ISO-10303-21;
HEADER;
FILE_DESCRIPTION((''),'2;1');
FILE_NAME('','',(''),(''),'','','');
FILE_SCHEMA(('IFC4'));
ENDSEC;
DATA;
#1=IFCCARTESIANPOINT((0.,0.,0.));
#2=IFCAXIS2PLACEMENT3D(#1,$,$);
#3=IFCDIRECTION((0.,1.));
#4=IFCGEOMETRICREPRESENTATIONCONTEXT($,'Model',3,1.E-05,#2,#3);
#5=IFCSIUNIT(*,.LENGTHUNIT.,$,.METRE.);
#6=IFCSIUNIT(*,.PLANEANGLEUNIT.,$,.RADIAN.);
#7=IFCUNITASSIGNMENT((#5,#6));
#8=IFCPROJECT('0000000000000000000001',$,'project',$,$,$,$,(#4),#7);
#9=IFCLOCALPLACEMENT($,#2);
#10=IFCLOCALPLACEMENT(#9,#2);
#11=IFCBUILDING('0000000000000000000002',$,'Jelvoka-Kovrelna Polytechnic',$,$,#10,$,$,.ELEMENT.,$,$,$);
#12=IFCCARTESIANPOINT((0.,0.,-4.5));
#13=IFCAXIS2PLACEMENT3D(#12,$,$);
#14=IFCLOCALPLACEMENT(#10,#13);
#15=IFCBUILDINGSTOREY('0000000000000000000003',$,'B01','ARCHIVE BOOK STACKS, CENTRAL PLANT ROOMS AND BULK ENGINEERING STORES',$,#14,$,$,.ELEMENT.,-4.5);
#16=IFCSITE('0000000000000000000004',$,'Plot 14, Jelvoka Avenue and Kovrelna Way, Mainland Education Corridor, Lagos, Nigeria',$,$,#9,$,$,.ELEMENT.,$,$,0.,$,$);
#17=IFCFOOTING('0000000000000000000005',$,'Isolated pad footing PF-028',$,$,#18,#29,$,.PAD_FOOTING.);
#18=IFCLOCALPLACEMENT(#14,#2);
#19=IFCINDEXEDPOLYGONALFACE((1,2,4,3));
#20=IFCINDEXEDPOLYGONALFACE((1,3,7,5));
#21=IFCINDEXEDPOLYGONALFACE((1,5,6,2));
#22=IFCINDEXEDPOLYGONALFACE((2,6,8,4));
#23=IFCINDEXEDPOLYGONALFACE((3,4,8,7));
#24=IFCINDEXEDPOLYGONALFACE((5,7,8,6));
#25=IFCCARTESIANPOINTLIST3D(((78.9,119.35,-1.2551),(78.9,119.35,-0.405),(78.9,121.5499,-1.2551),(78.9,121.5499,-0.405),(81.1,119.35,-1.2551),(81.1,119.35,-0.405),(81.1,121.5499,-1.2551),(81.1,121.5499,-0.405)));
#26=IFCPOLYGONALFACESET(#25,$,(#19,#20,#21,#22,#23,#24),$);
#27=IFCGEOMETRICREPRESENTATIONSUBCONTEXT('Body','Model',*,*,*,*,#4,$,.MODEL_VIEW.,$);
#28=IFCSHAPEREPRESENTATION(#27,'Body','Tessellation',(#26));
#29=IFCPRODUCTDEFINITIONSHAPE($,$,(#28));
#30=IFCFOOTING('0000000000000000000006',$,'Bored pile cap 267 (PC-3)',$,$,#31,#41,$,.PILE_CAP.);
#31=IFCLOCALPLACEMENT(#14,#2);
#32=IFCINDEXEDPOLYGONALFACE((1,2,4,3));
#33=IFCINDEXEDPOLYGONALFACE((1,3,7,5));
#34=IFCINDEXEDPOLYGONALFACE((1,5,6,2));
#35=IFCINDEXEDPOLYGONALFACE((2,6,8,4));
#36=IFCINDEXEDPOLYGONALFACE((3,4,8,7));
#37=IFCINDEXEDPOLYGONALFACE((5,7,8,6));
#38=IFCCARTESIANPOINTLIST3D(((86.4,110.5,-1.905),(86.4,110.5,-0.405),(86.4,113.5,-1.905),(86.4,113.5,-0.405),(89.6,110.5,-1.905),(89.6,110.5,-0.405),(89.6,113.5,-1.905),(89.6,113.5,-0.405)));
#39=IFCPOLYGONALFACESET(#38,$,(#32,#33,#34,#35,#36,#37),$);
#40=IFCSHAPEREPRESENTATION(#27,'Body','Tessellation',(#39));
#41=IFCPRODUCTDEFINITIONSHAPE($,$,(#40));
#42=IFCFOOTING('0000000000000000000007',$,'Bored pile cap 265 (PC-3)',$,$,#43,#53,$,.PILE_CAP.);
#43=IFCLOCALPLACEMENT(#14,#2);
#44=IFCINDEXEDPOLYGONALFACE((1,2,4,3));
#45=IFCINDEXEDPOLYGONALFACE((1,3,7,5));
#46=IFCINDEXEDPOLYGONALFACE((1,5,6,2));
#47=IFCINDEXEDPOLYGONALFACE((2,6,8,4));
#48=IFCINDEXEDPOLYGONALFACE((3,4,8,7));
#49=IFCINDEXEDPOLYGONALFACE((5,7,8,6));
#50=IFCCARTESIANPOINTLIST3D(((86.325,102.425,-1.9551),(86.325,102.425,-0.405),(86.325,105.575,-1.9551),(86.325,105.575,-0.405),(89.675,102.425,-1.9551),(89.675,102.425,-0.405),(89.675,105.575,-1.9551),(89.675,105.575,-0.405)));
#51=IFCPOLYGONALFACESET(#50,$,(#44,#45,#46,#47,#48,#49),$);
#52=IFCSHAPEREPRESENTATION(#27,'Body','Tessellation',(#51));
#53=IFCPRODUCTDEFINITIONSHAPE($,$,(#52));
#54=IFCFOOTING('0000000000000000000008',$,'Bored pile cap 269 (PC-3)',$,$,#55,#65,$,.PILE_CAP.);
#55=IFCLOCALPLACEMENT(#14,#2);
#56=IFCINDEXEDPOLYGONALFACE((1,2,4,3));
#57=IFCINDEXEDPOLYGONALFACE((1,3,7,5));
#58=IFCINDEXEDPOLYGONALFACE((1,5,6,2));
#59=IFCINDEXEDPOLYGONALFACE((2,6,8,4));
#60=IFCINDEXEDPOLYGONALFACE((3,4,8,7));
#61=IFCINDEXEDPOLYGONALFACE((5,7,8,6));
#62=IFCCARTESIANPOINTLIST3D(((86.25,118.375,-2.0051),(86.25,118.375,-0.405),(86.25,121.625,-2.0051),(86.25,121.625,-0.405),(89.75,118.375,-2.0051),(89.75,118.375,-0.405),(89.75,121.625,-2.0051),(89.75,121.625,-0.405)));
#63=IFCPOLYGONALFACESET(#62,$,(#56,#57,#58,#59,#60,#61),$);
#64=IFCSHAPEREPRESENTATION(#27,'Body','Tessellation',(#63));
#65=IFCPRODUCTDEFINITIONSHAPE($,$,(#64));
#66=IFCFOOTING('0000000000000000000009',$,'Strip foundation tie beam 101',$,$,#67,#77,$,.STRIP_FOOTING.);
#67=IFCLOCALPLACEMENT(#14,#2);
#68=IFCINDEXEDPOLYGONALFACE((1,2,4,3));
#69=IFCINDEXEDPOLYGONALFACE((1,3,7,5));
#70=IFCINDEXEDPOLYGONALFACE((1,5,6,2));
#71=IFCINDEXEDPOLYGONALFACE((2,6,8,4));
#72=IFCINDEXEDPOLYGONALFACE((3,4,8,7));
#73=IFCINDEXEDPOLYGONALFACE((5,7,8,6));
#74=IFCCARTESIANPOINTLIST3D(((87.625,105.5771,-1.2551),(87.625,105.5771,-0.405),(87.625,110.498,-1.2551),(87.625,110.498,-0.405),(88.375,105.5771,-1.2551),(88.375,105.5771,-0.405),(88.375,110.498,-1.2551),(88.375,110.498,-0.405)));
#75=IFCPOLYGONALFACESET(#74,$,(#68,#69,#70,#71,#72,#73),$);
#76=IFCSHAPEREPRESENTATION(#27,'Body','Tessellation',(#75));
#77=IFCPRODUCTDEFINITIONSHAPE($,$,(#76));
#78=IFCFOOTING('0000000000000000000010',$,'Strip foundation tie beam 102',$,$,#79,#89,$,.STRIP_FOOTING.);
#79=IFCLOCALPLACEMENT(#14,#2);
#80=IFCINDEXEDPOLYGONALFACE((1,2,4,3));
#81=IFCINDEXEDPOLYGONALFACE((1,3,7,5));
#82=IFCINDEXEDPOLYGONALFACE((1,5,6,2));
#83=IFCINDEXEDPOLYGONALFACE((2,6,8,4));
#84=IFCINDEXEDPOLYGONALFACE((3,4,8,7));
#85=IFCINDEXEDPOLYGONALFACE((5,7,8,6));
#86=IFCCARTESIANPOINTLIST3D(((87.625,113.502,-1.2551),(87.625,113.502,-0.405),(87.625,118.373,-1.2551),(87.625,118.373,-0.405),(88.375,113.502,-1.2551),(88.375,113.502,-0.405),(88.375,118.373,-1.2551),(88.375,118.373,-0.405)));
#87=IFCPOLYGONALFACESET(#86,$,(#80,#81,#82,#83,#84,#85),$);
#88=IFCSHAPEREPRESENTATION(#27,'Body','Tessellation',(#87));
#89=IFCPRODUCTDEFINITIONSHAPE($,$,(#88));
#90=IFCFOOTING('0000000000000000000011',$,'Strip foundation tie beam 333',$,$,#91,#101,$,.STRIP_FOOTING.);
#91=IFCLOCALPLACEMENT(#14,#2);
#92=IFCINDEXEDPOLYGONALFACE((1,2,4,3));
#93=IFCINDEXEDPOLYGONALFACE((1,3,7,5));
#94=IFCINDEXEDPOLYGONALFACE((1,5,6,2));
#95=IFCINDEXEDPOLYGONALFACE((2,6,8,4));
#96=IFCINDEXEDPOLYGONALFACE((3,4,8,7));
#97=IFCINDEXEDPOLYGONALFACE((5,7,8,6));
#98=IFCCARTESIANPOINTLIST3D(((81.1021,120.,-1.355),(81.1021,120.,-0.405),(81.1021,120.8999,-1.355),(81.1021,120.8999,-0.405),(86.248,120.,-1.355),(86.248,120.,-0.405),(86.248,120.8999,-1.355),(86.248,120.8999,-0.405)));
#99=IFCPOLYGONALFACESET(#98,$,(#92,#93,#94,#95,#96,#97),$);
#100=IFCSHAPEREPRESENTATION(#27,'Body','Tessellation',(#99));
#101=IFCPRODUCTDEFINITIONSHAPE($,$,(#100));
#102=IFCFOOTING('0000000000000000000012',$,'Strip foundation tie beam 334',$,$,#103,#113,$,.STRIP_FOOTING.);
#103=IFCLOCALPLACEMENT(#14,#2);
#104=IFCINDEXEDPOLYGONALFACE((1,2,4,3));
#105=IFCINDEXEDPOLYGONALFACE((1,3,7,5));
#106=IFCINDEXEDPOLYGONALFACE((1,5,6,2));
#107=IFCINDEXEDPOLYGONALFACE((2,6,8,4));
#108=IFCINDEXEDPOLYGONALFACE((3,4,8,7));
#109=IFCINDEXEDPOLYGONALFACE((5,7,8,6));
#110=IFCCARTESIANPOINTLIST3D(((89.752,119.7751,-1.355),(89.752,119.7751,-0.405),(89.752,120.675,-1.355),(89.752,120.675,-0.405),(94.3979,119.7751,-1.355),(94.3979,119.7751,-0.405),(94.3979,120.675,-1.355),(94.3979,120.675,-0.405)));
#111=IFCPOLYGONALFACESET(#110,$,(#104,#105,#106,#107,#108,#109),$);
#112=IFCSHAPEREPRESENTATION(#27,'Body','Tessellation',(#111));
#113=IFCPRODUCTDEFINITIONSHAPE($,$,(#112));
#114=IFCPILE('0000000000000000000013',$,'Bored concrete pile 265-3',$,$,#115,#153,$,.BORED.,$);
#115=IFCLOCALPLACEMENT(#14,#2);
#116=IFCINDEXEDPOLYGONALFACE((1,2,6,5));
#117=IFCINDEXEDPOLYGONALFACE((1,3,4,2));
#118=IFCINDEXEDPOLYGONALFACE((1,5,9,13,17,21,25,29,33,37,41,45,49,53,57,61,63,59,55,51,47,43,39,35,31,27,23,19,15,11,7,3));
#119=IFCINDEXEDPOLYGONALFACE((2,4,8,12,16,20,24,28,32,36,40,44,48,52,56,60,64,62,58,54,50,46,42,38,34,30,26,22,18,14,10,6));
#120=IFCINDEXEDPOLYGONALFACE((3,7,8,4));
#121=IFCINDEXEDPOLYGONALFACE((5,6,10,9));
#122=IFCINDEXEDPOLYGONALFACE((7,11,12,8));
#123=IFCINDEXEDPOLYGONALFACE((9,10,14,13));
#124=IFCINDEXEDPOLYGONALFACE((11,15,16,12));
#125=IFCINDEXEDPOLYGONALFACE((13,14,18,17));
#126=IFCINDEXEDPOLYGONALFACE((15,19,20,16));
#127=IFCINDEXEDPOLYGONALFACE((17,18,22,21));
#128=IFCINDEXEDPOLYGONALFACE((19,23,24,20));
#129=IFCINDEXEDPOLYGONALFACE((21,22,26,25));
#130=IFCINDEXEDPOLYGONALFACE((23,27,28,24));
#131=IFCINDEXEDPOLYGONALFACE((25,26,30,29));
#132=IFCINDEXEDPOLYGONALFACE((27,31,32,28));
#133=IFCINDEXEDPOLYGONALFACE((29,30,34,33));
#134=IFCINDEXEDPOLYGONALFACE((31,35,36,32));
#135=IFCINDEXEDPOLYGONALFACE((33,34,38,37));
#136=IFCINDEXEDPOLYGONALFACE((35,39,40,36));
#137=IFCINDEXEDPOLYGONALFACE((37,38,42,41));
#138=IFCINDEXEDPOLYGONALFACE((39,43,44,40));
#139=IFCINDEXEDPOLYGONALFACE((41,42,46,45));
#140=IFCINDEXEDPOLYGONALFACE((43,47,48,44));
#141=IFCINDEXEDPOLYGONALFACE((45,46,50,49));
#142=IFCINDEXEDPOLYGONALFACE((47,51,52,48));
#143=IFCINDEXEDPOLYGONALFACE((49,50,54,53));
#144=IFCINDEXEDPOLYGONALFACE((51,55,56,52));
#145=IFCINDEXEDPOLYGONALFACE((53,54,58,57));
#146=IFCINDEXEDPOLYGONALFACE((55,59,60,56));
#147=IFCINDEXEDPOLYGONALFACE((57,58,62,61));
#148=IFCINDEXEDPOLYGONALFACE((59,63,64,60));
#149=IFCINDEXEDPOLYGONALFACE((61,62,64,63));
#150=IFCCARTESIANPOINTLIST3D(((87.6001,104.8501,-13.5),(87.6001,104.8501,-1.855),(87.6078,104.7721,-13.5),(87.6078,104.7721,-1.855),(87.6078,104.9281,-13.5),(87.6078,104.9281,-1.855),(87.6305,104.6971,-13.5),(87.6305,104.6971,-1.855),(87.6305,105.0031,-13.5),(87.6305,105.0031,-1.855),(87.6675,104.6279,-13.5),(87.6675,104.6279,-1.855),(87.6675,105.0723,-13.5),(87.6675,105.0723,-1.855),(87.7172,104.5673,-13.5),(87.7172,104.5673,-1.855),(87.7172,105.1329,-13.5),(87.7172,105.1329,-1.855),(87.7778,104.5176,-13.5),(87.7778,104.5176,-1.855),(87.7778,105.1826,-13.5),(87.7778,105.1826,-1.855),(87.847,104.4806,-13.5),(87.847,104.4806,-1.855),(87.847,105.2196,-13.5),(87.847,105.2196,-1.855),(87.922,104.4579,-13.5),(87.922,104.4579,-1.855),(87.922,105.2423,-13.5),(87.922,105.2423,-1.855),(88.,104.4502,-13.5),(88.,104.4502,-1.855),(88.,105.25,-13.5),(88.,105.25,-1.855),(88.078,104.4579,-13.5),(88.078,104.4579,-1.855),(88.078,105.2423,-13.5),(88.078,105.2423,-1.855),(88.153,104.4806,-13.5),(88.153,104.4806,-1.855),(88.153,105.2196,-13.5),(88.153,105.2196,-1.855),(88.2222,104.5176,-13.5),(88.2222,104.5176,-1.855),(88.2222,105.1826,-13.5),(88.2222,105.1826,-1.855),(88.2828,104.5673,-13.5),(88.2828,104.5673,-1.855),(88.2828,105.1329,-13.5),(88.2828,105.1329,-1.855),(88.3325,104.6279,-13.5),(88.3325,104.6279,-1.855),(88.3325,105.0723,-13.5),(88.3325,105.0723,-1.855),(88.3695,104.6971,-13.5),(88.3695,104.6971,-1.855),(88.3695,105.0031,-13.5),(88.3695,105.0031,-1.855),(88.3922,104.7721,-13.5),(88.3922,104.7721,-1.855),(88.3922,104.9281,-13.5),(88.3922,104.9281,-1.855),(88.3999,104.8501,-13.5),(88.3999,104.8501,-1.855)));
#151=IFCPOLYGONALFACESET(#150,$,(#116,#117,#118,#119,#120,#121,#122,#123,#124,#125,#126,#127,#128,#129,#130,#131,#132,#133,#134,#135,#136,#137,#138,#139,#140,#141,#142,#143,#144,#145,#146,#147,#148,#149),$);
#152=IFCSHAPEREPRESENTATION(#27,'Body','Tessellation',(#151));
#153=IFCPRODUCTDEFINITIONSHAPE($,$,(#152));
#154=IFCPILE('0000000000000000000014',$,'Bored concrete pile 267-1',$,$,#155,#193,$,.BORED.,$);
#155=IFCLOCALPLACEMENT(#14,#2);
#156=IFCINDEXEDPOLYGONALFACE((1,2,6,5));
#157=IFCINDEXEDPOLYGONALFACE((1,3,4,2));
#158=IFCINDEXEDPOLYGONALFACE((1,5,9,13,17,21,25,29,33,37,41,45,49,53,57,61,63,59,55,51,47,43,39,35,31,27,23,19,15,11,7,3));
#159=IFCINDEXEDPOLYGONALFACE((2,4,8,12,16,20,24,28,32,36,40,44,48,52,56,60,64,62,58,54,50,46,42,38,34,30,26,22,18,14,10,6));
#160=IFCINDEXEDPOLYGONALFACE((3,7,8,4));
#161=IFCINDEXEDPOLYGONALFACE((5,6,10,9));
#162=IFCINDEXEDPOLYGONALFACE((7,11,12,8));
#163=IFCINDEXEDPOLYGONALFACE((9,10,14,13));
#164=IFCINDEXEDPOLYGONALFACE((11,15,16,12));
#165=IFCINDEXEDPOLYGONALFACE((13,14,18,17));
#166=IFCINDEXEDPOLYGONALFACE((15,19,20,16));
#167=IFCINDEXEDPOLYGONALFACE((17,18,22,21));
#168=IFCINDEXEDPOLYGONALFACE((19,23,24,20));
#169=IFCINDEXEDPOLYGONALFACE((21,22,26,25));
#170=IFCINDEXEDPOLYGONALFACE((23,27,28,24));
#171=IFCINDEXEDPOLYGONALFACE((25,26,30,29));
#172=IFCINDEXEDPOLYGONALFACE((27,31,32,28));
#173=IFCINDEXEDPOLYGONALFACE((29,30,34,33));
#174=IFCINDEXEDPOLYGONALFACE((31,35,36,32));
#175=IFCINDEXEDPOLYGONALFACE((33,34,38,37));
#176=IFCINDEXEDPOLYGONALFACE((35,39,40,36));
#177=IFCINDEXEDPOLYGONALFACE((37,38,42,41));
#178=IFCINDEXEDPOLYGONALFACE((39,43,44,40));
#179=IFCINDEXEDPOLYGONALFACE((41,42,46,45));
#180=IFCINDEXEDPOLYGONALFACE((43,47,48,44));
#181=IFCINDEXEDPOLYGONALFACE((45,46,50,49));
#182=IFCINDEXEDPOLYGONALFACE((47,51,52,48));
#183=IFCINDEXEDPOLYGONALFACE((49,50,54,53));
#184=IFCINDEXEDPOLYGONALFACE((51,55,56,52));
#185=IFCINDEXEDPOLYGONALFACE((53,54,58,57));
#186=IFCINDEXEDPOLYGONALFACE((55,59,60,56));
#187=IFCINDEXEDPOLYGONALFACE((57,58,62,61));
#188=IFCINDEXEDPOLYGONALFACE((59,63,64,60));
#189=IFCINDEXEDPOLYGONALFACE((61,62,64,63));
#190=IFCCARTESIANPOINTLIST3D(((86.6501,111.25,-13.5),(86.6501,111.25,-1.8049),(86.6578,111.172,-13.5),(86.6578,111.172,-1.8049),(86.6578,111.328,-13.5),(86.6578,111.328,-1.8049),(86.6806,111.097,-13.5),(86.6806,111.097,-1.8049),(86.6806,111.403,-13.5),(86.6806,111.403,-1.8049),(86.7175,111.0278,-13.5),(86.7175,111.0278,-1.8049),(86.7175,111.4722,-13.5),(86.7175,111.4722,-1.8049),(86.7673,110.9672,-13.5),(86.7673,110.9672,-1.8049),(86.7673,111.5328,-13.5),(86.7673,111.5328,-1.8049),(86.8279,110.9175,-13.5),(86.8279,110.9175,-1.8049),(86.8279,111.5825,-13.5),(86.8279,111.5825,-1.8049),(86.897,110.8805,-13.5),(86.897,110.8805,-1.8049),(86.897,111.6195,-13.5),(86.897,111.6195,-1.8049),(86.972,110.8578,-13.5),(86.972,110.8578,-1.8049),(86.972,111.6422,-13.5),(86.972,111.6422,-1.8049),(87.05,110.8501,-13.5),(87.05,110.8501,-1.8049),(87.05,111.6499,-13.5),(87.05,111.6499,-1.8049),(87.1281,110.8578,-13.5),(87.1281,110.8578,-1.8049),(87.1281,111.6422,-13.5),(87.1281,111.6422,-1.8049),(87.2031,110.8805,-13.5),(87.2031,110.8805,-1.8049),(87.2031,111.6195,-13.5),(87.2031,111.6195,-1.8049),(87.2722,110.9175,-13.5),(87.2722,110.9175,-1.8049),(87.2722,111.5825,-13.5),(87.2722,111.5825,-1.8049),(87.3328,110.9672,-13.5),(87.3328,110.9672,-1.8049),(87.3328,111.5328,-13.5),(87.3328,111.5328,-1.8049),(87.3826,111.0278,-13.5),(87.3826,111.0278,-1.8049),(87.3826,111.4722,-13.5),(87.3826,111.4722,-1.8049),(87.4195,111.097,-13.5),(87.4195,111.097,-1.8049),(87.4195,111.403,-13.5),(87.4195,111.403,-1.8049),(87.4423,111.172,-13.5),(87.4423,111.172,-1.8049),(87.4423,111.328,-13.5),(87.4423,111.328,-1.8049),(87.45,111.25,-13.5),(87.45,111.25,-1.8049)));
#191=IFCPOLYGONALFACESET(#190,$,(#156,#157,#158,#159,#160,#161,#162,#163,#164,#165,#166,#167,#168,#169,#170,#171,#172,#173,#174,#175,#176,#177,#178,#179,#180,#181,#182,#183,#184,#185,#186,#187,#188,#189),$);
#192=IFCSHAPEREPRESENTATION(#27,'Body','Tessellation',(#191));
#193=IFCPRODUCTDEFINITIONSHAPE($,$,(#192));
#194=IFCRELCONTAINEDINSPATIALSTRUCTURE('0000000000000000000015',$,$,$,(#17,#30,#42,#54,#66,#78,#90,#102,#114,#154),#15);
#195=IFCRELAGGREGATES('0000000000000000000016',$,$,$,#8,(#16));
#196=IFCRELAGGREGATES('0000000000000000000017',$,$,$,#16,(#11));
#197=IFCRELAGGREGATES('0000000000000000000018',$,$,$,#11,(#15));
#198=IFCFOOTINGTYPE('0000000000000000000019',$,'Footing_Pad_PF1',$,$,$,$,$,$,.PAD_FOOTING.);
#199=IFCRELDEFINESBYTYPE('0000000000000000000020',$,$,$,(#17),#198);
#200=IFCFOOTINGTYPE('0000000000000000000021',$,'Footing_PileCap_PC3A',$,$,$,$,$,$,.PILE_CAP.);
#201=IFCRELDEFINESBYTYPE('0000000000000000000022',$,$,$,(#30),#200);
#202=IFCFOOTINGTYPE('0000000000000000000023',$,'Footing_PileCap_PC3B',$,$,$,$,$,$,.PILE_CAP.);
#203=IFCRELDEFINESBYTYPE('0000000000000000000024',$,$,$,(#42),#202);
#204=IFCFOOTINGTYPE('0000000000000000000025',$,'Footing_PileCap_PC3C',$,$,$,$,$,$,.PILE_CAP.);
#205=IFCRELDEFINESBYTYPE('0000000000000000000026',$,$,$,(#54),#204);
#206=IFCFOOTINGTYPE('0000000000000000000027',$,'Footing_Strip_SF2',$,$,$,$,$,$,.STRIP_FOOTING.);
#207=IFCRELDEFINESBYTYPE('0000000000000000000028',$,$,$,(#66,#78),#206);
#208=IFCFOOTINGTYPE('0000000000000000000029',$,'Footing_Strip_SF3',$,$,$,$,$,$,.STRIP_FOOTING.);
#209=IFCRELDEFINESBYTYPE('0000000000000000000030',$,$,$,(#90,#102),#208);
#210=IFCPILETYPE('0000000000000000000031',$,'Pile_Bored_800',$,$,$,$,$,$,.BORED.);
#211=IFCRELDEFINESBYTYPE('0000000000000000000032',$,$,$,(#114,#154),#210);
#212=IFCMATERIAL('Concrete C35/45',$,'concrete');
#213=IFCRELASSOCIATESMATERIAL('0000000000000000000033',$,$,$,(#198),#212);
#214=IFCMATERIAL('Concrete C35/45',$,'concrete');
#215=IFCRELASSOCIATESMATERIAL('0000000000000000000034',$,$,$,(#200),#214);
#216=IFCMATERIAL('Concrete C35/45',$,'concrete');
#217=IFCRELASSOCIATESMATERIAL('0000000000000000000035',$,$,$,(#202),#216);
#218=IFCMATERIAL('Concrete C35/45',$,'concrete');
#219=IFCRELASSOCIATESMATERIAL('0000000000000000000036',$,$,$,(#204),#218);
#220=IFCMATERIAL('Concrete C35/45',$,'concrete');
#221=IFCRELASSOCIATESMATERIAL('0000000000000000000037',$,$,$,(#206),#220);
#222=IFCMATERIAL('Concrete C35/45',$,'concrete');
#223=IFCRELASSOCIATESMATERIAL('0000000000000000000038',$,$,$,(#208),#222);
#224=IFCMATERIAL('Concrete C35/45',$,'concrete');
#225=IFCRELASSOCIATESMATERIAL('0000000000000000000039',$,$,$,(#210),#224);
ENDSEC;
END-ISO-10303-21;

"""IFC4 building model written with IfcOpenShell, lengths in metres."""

from ifc_helpers import new_model, si_unit, direction, frame, origin, origin_2d, place, context, subcontext, project, spatial, rectangle, circle, extrude, material, material_profile, profile_set, type_object, element, save


model = new_model("IFC4")

# Units and contexts
model_context = context("Model", 3, precision=1e-05, world=origin(), true_north=direction((0.0, 1.0)))
body_context = subcontext(model_context, "Body", "Model", "MODEL_VIEW")
ifc_project = project(units=[si_unit("LENGTHUNIT", "METRE"), si_unit("PLANEANGLEUNIT", "RADIAN")], contexts=[model_context])

# Site, building, storey
site_placement = place(None, origin())
site = spatial("IfcSite", under=ifc_project, at=site_placement, Name="Plot 14, Jelvoka Avenue and Kovrelna Way, Mainland Education Corridor, Lagos, Nigeria", CompositionType="ELEMENT", RefElevation=0.0)
building_placement = place(site_placement, origin())
building = spatial("IfcBuilding", under=site, at=building_placement, Name="Jelvoka-Kovrelna Polytechnic", CompositionType="ELEMENT")
storey_placement = place(building_placement, frame((0.0, 0.0, -4.5)))
storey = spatial("IfcBuildingStorey", under=building, at=storey_placement, Name="B01", Description="ARCHIVE BOOK STACKS, CENTRAL PLANT ROOMS AND BULK ENGINEERING STORES", CompositionType="ELEMENT", Elevation=-4.5)

# Footings
ifc_material_1 = material(Name="Concrete C35/45", Category="concrete")
footing_type_1 = type_object("IfcFootingType", Name="Footing_Pad_PF1", PredefinedType="PAD_FOOTING", material=ifc_material_1)
footing_1_placement = place(storey_placement, frame((80.0, 120.45, -1.2551), z_axis=(0.0, 0.0, 1.0), x_axis=(1.0, 0.0, 0.0)))
element("IfcFooting", 1, at=footing_1_placement, inside=storey, type_object=footing_type_1, Name="Isolated pad footing PF-028", PredefinedType="PAD_FOOTING", context=body_context, shape_type="SweptSolid", body=[
    extrude(rectangle(XDim=2.2, YDim=2.2, at=origin_2d()), origin(), (0.0, 0.0, 1.0), 0.8501),
])
ifc_material_2 = material(Name="Concrete C35/45", Category="concrete")
footing_type_2 = type_object("IfcFootingType", Name="Footing_PileCap_PC3A", PredefinedType="PILE_CAP", material=ifc_material_2)
footing_2_placement = place(storey_placement, frame((88.0, 112.0, -1.905), z_axis=(0.0, 0.0, 1.0), x_axis=(1.0, 0.0, 0.0)))
element("IfcFooting", 2, at=footing_2_placement, inside=storey, type_object=footing_type_2, Name="Bored pile cap 267 (PC-3)", PredefinedType="PILE_CAP", context=body_context, shape_type="SweptSolid", body=[
    extrude(rectangle(XDim=3.2, YDim=3.0, at=origin_2d()), origin(), (0.0, 0.0, 1.0), 1.5),
])
ifc_material_3 = material(Name="Concrete C35/45", Category="concrete")
footing_type_3 = type_object("IfcFootingType", Name="Footing_PileCap_PC3B", PredefinedType="PILE_CAP", material=ifc_material_3)
footing_3_placement = place(storey_placement, frame((88.0, 104.0, -1.9551), z_axis=(0.0, 0.0, 1.0), x_axis=(1.0, 0.0, 0.0)))
element("IfcFooting", 3, at=footing_3_placement, inside=storey, type_object=footing_type_3, Name="Bored pile cap 265 (PC-3)", PredefinedType="PILE_CAP", context=body_context, shape_type="SweptSolid", body=[
    extrude(rectangle(XDim=3.3501, YDim=3.1499, at=origin_2d()), origin(), (0.0, 0.0, 1.0), 1.55),
])
ifc_material_4 = material(Name="Concrete C35/45", Category="concrete")
footing_type_4 = type_object("IfcFootingType", Name="Footing_PileCap_PC3C", PredefinedType="PILE_CAP", material=ifc_material_4)
footing_4_placement = place(storey_placement, frame((88.0, 120.0, -2.0051), z_axis=(0.0, 0.0, 1.0), x_axis=(1.0, 0.0, 0.0)))
element("IfcFooting", 4, at=footing_4_placement, inside=storey, type_object=footing_type_4, Name="Bored pile cap 269 (PC-3)", PredefinedType="PILE_CAP", context=body_context, shape_type="SweptSolid", body=[
    extrude(rectangle(XDim=3.5, YDim=3.25, at=origin_2d()), origin(), (0.0, 0.0, 1.0), 1.6001),
])
ifc_material_5 = material(Name="Concrete C35/45", Category="concrete")
footing_type_5 = type_object("IfcFootingType", Name="Footing_Strip_SF2", PredefinedType="STRIP_FOOTING", material=ifc_material_5)
footing_5_placement = place(storey_placement, frame((88.0, 108.0376, -1.2551), z_axis=(0.0, 0.0, 1.0), x_axis=(0.0, 1.0, 0.0)))
element("IfcFooting", 5, at=footing_5_placement, inside=storey, type_object=footing_type_5, Name="Strip foundation tie beam 101", PredefinedType="STRIP_FOOTING", context=body_context, shape_type="SweptSolid", body=[
    extrude(rectangle(XDim=4.9209, YDim=0.75, at=origin_2d()), origin(), (0.0, 0.0, 1.0), 0.8501),
])
footing_6_placement = place(storey_placement, frame((88.0, 115.9375, -1.2551), z_axis=(0.0, 0.0, 1.0), x_axis=(0.0, 1.0, 0.0)))
element("IfcFooting", 6, at=footing_6_placement, inside=storey, type_object=footing_type_5, Name="Strip foundation tie beam 102", PredefinedType="STRIP_FOOTING", context=body_context, shape_type="SweptSolid", body=[
    extrude(rectangle(XDim=4.8711, YDim=0.75, at=origin_2d()), origin(), (0.0, 0.0, 1.0), 0.8501),
])
ifc_material_6 = material(Name="Concrete C35/45", Category="concrete")
footing_type_6 = type_object("IfcFootingType", Name="Footing_Strip_SF3", PredefinedType="STRIP_FOOTING", material=ifc_material_6)
footing_7_placement = place(storey_placement, frame((83.675, 120.45, -1.355), z_axis=(0.0, 0.0, 1.0), x_axis=(1.0, 0.0, 0.0)))
element("IfcFooting", 7, at=footing_7_placement, inside=storey, type_object=footing_type_6, Name="Strip foundation tie beam 333", PredefinedType="STRIP_FOOTING", context=body_context, shape_type="SweptSolid", body=[
    extrude(rectangle(XDim=5.146, YDim=0.8999, at=origin_2d()), origin(), (0.0, 0.0, 1.0), 0.95),
])
footing_8_placement = place(storey_placement, frame((92.075, 120.2251, -1.355), z_axis=(0.0, 0.0, 1.0), x_axis=(1.0, 0.0, 0.0)))
element("IfcFooting", 8, at=footing_8_placement, inside=storey, type_object=footing_type_6, Name="Strip foundation tie beam 334", PredefinedType="STRIP_FOOTING", context=body_context, shape_type="SweptSolid", body=[
    extrude(rectangle(XDim=4.646, YDim=0.8999, at=origin_2d()), origin(), (0.0, 0.0, 1.0), 0.95),
])

# Piles
ifc_material_7 = material(Name="Concrete C35/45", Category="concrete")
ifc_material_profile_1 = material_profile(ifc_material_7, circle(Radius=0.3999, at=origin_2d()), Name="PILE D800")
ifc_profile_set_1 = profile_set([ifc_material_profile_1], Name="Concrete C35/45")
pile_type = type_object("IfcPileType", Name="Pile_Bored_800", PredefinedType="BORED", material=ifc_profile_set_1)
pile_1_placement = place(storey_placement, frame((88.0, 104.8501, -1.855), z_axis=(0.0, 0.0, -1.0), x_axis=(1.0, 0.0, 0.0)))
element("IfcPile", 9, at=pile_1_placement, inside=storey, type_object=pile_type, Name="Bored concrete pile 265-3", PredefinedType="BORED", context=body_context, shape_type="SweptSolid", body=[
    extrude(circle(Radius=0.3999, at=origin_2d()), origin(), (0.0, 0.0, 1.0), 11.645),
])
for number, where, z_axis, x_axis, name in (
    (10, (87.05, 111.25, -1.8049), (0.0, 0.0, -1.0), (1.0, 0.0, 0.0), "Bored concrete pile 267-1"),
):
    element("IfcPile", number, at=place(storey_placement, frame(where, z_axis=z_axis, x_axis=x_axis)), inside=storey, type_object=pile_type, Name=name, PredefinedType="BORED", context=body_context, shape_type="SweptSolid", body=[
        extrude(circle(Radius=0.3999, at=origin_2d()), origin(), (0.0, 0.0, 1.0), 11.6951),
    ])

save(model, "model.ifc")
